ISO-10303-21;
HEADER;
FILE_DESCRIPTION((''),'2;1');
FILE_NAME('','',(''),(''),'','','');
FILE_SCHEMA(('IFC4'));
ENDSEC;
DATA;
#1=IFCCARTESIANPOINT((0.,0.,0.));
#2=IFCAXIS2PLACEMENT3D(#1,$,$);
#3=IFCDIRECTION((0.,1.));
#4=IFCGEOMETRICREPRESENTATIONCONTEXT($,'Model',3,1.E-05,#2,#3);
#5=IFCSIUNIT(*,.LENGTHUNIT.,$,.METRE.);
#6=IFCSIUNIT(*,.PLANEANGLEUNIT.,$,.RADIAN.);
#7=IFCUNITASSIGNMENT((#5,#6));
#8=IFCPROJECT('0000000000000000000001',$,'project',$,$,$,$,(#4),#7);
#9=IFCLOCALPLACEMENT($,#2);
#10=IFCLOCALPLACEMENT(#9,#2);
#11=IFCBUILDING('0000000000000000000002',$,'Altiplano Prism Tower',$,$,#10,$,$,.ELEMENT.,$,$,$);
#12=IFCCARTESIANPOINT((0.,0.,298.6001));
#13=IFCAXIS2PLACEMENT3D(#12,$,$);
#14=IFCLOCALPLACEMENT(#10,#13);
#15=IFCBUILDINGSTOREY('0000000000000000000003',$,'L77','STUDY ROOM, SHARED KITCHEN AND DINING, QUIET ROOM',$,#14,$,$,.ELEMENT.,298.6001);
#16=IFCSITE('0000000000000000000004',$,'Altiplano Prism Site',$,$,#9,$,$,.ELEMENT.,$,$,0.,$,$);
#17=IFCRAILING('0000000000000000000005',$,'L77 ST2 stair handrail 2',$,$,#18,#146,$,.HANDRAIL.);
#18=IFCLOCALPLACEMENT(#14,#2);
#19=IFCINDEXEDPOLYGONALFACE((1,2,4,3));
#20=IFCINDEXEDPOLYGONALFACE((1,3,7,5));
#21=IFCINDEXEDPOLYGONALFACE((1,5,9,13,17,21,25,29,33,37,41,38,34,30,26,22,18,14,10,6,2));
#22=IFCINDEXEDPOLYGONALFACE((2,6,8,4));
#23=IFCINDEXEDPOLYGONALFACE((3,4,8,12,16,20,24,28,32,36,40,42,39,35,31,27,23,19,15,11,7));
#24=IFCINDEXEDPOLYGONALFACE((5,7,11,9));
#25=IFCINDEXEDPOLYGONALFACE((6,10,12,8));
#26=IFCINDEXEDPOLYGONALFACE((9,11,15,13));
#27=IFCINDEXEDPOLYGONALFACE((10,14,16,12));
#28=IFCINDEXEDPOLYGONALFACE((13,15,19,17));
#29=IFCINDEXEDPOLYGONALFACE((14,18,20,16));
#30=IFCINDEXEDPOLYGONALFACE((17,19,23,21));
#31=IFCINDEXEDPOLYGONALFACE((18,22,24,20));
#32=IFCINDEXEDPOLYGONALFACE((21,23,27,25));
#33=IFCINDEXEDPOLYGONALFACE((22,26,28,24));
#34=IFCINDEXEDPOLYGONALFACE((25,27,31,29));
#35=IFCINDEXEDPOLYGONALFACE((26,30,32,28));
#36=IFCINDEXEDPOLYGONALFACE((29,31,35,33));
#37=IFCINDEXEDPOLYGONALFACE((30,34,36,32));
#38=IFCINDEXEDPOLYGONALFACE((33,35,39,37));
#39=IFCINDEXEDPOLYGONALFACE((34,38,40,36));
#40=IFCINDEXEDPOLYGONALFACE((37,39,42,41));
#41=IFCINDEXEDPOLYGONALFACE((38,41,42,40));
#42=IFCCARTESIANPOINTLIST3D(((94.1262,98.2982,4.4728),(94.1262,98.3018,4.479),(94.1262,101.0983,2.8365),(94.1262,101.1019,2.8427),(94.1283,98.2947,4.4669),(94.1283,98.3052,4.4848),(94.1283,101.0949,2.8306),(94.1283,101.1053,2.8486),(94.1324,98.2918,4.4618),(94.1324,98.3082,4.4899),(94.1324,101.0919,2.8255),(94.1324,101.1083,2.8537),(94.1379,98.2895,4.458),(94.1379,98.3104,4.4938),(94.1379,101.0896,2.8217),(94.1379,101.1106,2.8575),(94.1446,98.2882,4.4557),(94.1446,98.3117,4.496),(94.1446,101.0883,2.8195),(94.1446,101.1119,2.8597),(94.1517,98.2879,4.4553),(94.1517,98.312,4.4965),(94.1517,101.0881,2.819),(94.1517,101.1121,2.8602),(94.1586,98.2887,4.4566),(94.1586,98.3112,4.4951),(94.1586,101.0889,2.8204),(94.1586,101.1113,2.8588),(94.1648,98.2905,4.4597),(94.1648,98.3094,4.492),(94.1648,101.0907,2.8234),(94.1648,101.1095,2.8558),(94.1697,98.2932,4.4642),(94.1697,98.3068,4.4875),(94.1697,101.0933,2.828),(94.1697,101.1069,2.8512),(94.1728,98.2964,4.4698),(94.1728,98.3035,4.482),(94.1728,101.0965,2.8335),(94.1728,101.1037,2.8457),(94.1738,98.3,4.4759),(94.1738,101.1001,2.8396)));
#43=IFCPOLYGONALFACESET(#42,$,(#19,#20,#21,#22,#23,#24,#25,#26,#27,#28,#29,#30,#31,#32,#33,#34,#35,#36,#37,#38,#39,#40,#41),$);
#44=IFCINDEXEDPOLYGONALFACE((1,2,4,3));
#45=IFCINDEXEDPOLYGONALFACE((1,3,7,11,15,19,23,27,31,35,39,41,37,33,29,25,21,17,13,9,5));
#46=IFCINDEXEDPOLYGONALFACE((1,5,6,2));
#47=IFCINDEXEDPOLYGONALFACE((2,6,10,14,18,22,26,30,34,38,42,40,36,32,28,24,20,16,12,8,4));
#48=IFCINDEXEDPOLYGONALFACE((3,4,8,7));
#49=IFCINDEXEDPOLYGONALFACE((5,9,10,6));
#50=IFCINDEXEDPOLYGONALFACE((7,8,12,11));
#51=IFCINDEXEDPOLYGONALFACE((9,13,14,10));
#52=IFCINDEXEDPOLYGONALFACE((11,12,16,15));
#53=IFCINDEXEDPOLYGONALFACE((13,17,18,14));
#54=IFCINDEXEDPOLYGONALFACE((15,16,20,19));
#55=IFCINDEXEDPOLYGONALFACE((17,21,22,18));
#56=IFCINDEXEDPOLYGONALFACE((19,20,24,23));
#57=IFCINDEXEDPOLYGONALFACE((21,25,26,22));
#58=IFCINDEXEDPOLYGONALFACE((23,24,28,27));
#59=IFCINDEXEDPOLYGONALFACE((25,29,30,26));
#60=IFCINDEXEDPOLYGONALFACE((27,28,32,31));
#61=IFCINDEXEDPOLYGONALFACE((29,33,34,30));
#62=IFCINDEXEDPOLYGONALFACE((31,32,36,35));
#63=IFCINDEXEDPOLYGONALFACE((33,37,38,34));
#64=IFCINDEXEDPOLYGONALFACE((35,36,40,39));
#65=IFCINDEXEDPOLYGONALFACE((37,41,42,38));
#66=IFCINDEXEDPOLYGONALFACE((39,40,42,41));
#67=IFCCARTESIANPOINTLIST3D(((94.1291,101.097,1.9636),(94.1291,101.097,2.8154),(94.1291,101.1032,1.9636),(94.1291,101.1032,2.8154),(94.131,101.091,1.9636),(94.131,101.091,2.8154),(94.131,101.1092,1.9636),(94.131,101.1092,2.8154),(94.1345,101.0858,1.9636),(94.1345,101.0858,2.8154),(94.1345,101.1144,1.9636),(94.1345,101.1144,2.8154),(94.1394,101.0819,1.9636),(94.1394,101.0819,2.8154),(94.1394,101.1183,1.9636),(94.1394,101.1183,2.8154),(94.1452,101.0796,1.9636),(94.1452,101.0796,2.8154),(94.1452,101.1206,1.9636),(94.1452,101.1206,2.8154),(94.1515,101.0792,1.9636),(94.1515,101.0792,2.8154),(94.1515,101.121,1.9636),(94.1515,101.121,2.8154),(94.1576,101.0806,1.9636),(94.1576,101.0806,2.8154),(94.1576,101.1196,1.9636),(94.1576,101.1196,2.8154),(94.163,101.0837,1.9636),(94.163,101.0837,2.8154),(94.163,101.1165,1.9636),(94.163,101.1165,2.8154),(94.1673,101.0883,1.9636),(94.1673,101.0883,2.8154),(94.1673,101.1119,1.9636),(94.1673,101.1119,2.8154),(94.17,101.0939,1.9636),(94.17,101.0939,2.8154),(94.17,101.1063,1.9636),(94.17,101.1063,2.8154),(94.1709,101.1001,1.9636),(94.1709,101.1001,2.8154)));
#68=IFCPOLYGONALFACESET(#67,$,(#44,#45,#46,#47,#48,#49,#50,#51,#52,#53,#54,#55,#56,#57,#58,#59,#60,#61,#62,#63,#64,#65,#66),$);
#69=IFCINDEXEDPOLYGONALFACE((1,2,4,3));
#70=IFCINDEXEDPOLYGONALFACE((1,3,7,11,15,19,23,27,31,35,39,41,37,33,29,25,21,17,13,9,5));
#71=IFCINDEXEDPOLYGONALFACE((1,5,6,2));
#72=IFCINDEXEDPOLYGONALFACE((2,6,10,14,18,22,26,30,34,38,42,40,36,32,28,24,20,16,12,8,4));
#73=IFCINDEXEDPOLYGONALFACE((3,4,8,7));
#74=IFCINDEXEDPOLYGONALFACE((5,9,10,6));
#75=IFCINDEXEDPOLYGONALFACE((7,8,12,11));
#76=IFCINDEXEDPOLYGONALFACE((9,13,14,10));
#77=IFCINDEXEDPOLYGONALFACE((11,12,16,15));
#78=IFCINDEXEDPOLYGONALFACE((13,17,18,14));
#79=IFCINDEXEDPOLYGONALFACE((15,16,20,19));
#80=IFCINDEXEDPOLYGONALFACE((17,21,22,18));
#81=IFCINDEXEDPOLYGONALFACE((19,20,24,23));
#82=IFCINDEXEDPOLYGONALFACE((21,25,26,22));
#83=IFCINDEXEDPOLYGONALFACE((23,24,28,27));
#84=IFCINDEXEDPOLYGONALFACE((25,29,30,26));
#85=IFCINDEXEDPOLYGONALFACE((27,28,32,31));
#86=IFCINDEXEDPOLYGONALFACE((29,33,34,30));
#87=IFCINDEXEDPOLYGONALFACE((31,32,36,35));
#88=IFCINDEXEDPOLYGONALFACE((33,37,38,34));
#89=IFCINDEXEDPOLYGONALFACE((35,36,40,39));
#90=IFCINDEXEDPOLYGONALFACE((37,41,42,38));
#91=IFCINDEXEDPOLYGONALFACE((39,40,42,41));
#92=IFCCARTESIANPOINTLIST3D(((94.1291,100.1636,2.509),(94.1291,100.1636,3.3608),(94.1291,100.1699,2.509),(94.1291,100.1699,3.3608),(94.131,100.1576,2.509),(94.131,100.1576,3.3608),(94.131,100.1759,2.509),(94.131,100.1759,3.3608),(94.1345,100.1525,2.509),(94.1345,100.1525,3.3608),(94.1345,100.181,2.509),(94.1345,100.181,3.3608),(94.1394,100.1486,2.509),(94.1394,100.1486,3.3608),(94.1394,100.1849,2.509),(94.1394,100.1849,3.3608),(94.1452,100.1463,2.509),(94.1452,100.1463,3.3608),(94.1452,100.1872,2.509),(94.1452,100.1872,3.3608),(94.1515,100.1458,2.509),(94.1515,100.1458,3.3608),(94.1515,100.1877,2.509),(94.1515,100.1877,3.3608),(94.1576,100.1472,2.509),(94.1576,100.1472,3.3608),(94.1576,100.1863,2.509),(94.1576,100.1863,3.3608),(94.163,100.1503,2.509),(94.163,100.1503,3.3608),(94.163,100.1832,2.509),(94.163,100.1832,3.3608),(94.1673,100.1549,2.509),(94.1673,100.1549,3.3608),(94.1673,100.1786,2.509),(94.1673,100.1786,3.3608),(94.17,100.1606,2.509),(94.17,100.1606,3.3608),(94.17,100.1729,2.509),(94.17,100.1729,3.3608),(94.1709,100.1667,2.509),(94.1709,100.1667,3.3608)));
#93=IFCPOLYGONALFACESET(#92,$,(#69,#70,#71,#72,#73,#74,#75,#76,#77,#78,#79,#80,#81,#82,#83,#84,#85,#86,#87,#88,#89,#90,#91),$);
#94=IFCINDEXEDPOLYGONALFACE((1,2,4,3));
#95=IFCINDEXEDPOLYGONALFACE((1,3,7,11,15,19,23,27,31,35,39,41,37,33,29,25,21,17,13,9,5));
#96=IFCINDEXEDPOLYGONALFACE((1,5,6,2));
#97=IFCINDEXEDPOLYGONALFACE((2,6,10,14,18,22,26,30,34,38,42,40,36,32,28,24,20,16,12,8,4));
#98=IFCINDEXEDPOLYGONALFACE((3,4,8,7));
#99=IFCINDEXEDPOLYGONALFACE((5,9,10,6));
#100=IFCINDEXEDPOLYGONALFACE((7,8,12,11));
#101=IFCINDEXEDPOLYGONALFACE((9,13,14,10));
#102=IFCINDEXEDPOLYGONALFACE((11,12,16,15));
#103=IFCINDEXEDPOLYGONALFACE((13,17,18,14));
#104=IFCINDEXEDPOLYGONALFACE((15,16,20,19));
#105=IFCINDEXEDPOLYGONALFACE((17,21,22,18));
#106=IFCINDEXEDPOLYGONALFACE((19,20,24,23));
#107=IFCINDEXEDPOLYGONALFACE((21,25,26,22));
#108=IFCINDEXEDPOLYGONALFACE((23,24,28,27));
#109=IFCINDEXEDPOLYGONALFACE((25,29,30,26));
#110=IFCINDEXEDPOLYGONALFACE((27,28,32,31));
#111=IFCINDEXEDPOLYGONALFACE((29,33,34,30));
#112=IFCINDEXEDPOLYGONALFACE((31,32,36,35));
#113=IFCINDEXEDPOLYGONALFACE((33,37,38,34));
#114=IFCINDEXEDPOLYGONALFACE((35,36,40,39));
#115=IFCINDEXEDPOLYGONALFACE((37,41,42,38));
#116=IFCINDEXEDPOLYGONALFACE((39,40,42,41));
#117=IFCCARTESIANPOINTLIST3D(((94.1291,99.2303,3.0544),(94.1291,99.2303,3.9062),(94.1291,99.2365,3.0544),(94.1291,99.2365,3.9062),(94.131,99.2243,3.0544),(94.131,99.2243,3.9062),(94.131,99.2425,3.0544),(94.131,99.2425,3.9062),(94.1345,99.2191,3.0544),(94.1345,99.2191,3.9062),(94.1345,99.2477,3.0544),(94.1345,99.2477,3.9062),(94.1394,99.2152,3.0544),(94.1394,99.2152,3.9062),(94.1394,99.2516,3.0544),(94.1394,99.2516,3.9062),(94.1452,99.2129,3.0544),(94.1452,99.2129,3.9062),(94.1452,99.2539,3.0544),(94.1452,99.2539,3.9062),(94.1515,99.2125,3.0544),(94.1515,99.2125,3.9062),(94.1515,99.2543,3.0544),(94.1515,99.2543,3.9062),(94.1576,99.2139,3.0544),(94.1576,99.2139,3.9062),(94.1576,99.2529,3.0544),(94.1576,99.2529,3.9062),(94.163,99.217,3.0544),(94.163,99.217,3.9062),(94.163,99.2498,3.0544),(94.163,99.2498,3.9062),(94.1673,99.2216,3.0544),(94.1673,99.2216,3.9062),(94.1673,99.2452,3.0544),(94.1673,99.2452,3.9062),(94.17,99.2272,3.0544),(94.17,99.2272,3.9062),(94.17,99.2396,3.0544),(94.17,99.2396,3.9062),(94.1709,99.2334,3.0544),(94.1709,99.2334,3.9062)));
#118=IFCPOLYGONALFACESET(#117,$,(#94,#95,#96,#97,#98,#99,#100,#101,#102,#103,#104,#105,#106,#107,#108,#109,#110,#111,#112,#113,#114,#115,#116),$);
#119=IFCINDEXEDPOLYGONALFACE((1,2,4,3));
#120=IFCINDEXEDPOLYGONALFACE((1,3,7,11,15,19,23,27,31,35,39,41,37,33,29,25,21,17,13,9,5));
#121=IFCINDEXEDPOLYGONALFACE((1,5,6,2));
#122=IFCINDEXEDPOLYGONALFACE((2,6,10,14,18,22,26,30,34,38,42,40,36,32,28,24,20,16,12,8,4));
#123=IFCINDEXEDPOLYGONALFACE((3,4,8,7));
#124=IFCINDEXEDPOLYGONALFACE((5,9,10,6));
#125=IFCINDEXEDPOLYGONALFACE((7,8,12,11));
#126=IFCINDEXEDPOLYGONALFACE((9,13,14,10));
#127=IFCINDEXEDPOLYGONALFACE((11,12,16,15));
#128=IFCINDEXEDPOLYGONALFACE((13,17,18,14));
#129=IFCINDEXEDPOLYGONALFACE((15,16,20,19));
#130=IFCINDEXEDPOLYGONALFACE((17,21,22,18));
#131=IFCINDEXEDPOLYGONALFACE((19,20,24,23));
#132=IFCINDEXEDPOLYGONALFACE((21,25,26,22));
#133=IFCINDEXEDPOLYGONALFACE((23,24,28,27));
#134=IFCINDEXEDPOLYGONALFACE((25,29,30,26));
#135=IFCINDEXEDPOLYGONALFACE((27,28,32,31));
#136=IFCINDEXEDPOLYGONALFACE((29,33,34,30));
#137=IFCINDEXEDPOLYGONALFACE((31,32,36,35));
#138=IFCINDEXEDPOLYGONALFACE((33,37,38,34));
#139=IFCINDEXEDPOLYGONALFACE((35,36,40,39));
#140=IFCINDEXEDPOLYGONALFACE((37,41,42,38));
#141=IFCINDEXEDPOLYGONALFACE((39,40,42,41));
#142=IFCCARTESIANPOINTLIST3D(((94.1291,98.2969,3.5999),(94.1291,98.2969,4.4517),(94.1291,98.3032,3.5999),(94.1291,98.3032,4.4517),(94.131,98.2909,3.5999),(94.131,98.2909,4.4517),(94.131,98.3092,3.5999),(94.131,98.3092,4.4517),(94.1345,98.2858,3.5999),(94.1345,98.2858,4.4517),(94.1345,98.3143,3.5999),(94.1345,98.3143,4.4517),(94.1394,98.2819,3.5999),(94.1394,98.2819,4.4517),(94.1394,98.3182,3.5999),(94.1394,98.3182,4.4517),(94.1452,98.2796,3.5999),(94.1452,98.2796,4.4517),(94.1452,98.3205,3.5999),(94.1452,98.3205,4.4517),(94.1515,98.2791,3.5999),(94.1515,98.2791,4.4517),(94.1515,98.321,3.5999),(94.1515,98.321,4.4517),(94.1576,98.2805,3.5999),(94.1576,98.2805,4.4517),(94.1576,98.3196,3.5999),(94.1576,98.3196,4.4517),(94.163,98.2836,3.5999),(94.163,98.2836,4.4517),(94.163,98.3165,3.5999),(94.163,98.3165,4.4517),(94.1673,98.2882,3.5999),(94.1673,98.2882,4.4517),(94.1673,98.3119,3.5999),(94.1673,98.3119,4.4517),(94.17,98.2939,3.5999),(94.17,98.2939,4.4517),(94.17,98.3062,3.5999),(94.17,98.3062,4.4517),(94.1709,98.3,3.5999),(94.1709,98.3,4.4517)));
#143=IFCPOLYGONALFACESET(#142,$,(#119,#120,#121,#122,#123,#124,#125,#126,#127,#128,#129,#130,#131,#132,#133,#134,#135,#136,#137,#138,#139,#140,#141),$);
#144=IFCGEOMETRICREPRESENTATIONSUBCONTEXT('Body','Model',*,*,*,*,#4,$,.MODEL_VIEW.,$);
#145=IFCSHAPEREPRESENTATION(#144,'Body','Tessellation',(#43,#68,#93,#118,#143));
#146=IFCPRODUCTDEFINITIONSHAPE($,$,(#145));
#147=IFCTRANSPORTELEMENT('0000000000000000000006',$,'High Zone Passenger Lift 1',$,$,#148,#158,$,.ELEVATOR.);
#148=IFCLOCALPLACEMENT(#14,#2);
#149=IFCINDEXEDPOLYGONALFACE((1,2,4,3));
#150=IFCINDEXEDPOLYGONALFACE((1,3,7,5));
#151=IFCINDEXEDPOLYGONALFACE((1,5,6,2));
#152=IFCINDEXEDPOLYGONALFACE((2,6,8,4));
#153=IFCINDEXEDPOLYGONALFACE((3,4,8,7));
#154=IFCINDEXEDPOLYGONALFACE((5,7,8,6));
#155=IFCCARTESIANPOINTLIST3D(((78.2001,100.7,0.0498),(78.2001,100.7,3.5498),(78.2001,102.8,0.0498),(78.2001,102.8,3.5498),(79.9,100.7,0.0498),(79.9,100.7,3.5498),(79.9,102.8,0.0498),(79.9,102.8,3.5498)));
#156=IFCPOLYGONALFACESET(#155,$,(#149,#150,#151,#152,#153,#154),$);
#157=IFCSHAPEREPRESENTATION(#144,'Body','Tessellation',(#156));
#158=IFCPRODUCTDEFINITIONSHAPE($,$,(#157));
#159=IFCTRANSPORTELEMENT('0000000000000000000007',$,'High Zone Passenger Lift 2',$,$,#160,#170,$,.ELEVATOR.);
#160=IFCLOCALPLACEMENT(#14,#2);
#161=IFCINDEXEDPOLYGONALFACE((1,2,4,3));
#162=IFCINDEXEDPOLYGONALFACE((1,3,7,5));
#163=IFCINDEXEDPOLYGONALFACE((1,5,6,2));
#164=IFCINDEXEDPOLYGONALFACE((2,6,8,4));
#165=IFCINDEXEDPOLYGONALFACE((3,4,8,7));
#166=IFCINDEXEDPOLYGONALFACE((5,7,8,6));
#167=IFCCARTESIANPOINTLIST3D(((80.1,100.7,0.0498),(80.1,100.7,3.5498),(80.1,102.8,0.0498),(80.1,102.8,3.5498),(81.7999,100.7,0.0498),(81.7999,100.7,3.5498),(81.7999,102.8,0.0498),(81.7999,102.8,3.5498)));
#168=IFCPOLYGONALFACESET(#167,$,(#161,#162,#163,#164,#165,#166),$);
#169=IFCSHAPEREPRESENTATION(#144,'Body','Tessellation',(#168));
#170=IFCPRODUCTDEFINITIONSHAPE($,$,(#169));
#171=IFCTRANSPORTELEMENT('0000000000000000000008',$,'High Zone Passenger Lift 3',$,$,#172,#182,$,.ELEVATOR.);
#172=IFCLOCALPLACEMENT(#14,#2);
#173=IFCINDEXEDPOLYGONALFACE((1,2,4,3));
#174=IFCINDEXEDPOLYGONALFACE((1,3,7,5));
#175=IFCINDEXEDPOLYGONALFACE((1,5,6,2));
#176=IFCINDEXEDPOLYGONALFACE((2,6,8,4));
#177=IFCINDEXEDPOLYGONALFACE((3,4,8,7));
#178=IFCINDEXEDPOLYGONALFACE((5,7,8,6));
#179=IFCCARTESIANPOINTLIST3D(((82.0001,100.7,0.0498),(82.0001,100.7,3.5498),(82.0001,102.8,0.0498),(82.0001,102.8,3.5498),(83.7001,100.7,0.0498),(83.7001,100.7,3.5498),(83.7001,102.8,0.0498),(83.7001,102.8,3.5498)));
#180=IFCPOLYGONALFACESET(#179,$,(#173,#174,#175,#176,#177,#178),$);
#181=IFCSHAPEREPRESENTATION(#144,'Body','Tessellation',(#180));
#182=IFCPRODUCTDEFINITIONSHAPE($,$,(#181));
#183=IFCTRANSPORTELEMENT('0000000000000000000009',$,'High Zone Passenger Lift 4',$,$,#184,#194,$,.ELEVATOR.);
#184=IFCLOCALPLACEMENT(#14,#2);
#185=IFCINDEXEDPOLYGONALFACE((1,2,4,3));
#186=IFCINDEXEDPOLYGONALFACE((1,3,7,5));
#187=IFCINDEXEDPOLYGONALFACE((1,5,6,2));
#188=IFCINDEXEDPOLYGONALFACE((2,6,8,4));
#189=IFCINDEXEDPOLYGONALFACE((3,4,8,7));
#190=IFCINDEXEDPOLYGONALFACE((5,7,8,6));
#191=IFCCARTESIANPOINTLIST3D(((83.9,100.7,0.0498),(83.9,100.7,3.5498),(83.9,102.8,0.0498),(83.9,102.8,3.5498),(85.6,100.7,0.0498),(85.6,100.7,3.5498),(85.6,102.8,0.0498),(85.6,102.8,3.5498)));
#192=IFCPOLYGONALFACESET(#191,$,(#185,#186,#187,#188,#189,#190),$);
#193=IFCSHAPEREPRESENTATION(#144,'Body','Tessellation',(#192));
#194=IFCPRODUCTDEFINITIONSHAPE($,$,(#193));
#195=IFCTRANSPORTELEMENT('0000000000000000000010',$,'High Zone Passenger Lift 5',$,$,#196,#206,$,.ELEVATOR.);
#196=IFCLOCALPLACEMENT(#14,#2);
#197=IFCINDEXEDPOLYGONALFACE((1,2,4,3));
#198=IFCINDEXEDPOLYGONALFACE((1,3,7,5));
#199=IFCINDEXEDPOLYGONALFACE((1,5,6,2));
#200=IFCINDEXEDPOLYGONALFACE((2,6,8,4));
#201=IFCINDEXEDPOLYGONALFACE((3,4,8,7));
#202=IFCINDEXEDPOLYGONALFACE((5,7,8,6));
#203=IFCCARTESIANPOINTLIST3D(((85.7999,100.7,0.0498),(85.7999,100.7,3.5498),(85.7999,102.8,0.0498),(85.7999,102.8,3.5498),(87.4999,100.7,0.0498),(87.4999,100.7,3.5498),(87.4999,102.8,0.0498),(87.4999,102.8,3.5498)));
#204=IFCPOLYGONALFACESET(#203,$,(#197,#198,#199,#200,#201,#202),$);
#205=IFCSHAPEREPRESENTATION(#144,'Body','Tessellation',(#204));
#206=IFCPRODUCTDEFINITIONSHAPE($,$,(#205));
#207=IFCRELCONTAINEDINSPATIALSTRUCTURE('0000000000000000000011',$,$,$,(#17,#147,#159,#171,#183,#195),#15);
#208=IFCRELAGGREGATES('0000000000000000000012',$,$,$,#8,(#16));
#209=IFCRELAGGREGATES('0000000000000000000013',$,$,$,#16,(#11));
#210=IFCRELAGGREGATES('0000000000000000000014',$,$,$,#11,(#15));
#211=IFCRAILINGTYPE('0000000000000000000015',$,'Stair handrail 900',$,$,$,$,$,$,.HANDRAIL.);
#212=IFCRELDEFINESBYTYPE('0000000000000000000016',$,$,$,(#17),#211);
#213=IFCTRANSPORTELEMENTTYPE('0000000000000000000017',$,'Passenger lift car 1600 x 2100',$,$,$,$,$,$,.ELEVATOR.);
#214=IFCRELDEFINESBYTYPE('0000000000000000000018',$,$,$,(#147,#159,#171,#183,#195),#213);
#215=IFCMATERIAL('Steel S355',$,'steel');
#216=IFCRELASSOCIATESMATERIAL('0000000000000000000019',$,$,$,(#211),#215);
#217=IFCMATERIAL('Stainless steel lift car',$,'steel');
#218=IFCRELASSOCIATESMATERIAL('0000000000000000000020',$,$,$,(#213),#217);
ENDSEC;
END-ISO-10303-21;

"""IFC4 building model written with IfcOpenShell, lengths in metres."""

from ifc_helpers import new_model, si_unit, direction, frame, origin, origin_2d, place, context, subcontext, project, spatial, rectangle, circle, extrude, material, type_object, element, save


model = new_model("IFC4")

# Units and contexts
model_context = context("Model", 3, precision=1e-05, world=origin(), true_north=direction((0.0, 1.0)))
body_context = subcontext(model_context, "Body", "Model", "MODEL_VIEW")
ifc_project = project(units=[si_unit("LENGTHUNIT", "METRE"), si_unit("PLANEANGLEUNIT", "RADIAN")], contexts=[model_context])

# Site, building, storey
site_placement = place(None, origin())
site = spatial("IfcSite", under=ifc_project, at=site_placement, Name="Altiplano Prism Site", CompositionType="ELEMENT", RefElevation=0.0)
building_placement = place(site_placement, origin())
building = spatial("IfcBuilding", under=site, at=building_placement, Name="Altiplano Prism Tower", CompositionType="ELEMENT")
storey_placement = place(building_placement, frame((0.0, 0.0, 298.6001)))
storey = spatial("IfcBuildingStorey", under=building, at=storey_placement, Name="L77", Description="STUDY ROOM, SHARED KITCHEN AND DINING, QUIET ROOM", CompositionType="ELEMENT", Elevation=298.6001)

# Railing
ifc_material_1 = material(Name="Steel S355", Category="steel")
railing_type = type_object("IfcRailingType", Name="Stair handrail 900", PredefinedType="HANDRAIL", material=ifc_material_1)
railing_placement = place(storey_placement, frame((94.1499, 101.1001, 1.9636)))
element("IfcRailing", 1, at=railing_placement, inside=storey, type_object=railing_type, Name="L77 ST2 stair handrail 2", PredefinedType="HANDRAIL", context=body_context, shape_type="SweptSolid", body=[
    extrude(circle(Radius=0.0239, at=origin_2d()), frame((0.0, 0.0, 0.876), z_axis=(0.0, -0.863394, 0.504531), x_axis=(1.0, 0.0, 0.0)), (0.0, 0.0, 1.0), 3.2432),
    extrude(circle(Radius=0.021, at=origin_2d()), origin(), (0.0, 0.0, 1.0), 0.8518),
    extrude(circle(Radius=0.021, at=origin_2d()), frame((0.0, -0.9333, 0.5454)), (0.0, 0.0, 1.0), 0.8518),
    extrude(circle(Radius=0.021, at=origin_2d()), frame((0.0, -1.8667, 1.0908)), (0.0, 0.0, 1.0), 0.8518),
    extrude(circle(Radius=0.021, at=origin_2d()), frame((0.0, -2.8, 1.6362)), (0.0, 0.0, 1.0), 0.8518),
])

# Transport elements
ifc_material_2 = material(Name="Stainless steel lift car", Category="steel")
transport_element_type = type_object("IfcTransportElementType", Name="Passenger lift car 1600 x 2100", PredefinedType="ELEVATOR", material=ifc_material_2)
for number, where, z_axis, x_axis, name in (
    (2, (79.05, 101.75, 0.0498), (0.0, 0.0, 1.0), (1.0, 0.0, 0.0), "High Zone Passenger Lift 1"),
    (3, (80.95, 101.75, 0.0498), (0.0, 0.0, 1.0), (1.0, 0.0, 0.0), "High Zone Passenger Lift 2"),
    (4, (82.8501, 101.75, 0.0498), (0.0, 0.0, 1.0), (1.0, 0.0, 0.0), "High Zone Passenger Lift 3"),
    (5, (84.75, 101.75, 0.0498), (0.0, 0.0, 1.0), (1.0, 0.0, 0.0), "High Zone Passenger Lift 4"),
    (6, (86.6499, 101.75, 0.0498), (0.0, 0.0, 1.0), (1.0, 0.0, 0.0), "High Zone Passenger Lift 5"),
):
    element("IfcTransportElement", number, at=place(storey_placement, frame(where, z_axis=z_axis, x_axis=x_axis)), inside=storey, type_object=transport_element_type, Name=name, PredefinedType="ELEVATOR", context=body_context, shape_type="SweptSolid", body=[
        extrude(rectangle(XDim=1.7, YDim=2.1001, at=origin_2d()), origin(), (0.0, 0.0, 1.0), 3.5),
    ])

save(model, "model.ifc")
